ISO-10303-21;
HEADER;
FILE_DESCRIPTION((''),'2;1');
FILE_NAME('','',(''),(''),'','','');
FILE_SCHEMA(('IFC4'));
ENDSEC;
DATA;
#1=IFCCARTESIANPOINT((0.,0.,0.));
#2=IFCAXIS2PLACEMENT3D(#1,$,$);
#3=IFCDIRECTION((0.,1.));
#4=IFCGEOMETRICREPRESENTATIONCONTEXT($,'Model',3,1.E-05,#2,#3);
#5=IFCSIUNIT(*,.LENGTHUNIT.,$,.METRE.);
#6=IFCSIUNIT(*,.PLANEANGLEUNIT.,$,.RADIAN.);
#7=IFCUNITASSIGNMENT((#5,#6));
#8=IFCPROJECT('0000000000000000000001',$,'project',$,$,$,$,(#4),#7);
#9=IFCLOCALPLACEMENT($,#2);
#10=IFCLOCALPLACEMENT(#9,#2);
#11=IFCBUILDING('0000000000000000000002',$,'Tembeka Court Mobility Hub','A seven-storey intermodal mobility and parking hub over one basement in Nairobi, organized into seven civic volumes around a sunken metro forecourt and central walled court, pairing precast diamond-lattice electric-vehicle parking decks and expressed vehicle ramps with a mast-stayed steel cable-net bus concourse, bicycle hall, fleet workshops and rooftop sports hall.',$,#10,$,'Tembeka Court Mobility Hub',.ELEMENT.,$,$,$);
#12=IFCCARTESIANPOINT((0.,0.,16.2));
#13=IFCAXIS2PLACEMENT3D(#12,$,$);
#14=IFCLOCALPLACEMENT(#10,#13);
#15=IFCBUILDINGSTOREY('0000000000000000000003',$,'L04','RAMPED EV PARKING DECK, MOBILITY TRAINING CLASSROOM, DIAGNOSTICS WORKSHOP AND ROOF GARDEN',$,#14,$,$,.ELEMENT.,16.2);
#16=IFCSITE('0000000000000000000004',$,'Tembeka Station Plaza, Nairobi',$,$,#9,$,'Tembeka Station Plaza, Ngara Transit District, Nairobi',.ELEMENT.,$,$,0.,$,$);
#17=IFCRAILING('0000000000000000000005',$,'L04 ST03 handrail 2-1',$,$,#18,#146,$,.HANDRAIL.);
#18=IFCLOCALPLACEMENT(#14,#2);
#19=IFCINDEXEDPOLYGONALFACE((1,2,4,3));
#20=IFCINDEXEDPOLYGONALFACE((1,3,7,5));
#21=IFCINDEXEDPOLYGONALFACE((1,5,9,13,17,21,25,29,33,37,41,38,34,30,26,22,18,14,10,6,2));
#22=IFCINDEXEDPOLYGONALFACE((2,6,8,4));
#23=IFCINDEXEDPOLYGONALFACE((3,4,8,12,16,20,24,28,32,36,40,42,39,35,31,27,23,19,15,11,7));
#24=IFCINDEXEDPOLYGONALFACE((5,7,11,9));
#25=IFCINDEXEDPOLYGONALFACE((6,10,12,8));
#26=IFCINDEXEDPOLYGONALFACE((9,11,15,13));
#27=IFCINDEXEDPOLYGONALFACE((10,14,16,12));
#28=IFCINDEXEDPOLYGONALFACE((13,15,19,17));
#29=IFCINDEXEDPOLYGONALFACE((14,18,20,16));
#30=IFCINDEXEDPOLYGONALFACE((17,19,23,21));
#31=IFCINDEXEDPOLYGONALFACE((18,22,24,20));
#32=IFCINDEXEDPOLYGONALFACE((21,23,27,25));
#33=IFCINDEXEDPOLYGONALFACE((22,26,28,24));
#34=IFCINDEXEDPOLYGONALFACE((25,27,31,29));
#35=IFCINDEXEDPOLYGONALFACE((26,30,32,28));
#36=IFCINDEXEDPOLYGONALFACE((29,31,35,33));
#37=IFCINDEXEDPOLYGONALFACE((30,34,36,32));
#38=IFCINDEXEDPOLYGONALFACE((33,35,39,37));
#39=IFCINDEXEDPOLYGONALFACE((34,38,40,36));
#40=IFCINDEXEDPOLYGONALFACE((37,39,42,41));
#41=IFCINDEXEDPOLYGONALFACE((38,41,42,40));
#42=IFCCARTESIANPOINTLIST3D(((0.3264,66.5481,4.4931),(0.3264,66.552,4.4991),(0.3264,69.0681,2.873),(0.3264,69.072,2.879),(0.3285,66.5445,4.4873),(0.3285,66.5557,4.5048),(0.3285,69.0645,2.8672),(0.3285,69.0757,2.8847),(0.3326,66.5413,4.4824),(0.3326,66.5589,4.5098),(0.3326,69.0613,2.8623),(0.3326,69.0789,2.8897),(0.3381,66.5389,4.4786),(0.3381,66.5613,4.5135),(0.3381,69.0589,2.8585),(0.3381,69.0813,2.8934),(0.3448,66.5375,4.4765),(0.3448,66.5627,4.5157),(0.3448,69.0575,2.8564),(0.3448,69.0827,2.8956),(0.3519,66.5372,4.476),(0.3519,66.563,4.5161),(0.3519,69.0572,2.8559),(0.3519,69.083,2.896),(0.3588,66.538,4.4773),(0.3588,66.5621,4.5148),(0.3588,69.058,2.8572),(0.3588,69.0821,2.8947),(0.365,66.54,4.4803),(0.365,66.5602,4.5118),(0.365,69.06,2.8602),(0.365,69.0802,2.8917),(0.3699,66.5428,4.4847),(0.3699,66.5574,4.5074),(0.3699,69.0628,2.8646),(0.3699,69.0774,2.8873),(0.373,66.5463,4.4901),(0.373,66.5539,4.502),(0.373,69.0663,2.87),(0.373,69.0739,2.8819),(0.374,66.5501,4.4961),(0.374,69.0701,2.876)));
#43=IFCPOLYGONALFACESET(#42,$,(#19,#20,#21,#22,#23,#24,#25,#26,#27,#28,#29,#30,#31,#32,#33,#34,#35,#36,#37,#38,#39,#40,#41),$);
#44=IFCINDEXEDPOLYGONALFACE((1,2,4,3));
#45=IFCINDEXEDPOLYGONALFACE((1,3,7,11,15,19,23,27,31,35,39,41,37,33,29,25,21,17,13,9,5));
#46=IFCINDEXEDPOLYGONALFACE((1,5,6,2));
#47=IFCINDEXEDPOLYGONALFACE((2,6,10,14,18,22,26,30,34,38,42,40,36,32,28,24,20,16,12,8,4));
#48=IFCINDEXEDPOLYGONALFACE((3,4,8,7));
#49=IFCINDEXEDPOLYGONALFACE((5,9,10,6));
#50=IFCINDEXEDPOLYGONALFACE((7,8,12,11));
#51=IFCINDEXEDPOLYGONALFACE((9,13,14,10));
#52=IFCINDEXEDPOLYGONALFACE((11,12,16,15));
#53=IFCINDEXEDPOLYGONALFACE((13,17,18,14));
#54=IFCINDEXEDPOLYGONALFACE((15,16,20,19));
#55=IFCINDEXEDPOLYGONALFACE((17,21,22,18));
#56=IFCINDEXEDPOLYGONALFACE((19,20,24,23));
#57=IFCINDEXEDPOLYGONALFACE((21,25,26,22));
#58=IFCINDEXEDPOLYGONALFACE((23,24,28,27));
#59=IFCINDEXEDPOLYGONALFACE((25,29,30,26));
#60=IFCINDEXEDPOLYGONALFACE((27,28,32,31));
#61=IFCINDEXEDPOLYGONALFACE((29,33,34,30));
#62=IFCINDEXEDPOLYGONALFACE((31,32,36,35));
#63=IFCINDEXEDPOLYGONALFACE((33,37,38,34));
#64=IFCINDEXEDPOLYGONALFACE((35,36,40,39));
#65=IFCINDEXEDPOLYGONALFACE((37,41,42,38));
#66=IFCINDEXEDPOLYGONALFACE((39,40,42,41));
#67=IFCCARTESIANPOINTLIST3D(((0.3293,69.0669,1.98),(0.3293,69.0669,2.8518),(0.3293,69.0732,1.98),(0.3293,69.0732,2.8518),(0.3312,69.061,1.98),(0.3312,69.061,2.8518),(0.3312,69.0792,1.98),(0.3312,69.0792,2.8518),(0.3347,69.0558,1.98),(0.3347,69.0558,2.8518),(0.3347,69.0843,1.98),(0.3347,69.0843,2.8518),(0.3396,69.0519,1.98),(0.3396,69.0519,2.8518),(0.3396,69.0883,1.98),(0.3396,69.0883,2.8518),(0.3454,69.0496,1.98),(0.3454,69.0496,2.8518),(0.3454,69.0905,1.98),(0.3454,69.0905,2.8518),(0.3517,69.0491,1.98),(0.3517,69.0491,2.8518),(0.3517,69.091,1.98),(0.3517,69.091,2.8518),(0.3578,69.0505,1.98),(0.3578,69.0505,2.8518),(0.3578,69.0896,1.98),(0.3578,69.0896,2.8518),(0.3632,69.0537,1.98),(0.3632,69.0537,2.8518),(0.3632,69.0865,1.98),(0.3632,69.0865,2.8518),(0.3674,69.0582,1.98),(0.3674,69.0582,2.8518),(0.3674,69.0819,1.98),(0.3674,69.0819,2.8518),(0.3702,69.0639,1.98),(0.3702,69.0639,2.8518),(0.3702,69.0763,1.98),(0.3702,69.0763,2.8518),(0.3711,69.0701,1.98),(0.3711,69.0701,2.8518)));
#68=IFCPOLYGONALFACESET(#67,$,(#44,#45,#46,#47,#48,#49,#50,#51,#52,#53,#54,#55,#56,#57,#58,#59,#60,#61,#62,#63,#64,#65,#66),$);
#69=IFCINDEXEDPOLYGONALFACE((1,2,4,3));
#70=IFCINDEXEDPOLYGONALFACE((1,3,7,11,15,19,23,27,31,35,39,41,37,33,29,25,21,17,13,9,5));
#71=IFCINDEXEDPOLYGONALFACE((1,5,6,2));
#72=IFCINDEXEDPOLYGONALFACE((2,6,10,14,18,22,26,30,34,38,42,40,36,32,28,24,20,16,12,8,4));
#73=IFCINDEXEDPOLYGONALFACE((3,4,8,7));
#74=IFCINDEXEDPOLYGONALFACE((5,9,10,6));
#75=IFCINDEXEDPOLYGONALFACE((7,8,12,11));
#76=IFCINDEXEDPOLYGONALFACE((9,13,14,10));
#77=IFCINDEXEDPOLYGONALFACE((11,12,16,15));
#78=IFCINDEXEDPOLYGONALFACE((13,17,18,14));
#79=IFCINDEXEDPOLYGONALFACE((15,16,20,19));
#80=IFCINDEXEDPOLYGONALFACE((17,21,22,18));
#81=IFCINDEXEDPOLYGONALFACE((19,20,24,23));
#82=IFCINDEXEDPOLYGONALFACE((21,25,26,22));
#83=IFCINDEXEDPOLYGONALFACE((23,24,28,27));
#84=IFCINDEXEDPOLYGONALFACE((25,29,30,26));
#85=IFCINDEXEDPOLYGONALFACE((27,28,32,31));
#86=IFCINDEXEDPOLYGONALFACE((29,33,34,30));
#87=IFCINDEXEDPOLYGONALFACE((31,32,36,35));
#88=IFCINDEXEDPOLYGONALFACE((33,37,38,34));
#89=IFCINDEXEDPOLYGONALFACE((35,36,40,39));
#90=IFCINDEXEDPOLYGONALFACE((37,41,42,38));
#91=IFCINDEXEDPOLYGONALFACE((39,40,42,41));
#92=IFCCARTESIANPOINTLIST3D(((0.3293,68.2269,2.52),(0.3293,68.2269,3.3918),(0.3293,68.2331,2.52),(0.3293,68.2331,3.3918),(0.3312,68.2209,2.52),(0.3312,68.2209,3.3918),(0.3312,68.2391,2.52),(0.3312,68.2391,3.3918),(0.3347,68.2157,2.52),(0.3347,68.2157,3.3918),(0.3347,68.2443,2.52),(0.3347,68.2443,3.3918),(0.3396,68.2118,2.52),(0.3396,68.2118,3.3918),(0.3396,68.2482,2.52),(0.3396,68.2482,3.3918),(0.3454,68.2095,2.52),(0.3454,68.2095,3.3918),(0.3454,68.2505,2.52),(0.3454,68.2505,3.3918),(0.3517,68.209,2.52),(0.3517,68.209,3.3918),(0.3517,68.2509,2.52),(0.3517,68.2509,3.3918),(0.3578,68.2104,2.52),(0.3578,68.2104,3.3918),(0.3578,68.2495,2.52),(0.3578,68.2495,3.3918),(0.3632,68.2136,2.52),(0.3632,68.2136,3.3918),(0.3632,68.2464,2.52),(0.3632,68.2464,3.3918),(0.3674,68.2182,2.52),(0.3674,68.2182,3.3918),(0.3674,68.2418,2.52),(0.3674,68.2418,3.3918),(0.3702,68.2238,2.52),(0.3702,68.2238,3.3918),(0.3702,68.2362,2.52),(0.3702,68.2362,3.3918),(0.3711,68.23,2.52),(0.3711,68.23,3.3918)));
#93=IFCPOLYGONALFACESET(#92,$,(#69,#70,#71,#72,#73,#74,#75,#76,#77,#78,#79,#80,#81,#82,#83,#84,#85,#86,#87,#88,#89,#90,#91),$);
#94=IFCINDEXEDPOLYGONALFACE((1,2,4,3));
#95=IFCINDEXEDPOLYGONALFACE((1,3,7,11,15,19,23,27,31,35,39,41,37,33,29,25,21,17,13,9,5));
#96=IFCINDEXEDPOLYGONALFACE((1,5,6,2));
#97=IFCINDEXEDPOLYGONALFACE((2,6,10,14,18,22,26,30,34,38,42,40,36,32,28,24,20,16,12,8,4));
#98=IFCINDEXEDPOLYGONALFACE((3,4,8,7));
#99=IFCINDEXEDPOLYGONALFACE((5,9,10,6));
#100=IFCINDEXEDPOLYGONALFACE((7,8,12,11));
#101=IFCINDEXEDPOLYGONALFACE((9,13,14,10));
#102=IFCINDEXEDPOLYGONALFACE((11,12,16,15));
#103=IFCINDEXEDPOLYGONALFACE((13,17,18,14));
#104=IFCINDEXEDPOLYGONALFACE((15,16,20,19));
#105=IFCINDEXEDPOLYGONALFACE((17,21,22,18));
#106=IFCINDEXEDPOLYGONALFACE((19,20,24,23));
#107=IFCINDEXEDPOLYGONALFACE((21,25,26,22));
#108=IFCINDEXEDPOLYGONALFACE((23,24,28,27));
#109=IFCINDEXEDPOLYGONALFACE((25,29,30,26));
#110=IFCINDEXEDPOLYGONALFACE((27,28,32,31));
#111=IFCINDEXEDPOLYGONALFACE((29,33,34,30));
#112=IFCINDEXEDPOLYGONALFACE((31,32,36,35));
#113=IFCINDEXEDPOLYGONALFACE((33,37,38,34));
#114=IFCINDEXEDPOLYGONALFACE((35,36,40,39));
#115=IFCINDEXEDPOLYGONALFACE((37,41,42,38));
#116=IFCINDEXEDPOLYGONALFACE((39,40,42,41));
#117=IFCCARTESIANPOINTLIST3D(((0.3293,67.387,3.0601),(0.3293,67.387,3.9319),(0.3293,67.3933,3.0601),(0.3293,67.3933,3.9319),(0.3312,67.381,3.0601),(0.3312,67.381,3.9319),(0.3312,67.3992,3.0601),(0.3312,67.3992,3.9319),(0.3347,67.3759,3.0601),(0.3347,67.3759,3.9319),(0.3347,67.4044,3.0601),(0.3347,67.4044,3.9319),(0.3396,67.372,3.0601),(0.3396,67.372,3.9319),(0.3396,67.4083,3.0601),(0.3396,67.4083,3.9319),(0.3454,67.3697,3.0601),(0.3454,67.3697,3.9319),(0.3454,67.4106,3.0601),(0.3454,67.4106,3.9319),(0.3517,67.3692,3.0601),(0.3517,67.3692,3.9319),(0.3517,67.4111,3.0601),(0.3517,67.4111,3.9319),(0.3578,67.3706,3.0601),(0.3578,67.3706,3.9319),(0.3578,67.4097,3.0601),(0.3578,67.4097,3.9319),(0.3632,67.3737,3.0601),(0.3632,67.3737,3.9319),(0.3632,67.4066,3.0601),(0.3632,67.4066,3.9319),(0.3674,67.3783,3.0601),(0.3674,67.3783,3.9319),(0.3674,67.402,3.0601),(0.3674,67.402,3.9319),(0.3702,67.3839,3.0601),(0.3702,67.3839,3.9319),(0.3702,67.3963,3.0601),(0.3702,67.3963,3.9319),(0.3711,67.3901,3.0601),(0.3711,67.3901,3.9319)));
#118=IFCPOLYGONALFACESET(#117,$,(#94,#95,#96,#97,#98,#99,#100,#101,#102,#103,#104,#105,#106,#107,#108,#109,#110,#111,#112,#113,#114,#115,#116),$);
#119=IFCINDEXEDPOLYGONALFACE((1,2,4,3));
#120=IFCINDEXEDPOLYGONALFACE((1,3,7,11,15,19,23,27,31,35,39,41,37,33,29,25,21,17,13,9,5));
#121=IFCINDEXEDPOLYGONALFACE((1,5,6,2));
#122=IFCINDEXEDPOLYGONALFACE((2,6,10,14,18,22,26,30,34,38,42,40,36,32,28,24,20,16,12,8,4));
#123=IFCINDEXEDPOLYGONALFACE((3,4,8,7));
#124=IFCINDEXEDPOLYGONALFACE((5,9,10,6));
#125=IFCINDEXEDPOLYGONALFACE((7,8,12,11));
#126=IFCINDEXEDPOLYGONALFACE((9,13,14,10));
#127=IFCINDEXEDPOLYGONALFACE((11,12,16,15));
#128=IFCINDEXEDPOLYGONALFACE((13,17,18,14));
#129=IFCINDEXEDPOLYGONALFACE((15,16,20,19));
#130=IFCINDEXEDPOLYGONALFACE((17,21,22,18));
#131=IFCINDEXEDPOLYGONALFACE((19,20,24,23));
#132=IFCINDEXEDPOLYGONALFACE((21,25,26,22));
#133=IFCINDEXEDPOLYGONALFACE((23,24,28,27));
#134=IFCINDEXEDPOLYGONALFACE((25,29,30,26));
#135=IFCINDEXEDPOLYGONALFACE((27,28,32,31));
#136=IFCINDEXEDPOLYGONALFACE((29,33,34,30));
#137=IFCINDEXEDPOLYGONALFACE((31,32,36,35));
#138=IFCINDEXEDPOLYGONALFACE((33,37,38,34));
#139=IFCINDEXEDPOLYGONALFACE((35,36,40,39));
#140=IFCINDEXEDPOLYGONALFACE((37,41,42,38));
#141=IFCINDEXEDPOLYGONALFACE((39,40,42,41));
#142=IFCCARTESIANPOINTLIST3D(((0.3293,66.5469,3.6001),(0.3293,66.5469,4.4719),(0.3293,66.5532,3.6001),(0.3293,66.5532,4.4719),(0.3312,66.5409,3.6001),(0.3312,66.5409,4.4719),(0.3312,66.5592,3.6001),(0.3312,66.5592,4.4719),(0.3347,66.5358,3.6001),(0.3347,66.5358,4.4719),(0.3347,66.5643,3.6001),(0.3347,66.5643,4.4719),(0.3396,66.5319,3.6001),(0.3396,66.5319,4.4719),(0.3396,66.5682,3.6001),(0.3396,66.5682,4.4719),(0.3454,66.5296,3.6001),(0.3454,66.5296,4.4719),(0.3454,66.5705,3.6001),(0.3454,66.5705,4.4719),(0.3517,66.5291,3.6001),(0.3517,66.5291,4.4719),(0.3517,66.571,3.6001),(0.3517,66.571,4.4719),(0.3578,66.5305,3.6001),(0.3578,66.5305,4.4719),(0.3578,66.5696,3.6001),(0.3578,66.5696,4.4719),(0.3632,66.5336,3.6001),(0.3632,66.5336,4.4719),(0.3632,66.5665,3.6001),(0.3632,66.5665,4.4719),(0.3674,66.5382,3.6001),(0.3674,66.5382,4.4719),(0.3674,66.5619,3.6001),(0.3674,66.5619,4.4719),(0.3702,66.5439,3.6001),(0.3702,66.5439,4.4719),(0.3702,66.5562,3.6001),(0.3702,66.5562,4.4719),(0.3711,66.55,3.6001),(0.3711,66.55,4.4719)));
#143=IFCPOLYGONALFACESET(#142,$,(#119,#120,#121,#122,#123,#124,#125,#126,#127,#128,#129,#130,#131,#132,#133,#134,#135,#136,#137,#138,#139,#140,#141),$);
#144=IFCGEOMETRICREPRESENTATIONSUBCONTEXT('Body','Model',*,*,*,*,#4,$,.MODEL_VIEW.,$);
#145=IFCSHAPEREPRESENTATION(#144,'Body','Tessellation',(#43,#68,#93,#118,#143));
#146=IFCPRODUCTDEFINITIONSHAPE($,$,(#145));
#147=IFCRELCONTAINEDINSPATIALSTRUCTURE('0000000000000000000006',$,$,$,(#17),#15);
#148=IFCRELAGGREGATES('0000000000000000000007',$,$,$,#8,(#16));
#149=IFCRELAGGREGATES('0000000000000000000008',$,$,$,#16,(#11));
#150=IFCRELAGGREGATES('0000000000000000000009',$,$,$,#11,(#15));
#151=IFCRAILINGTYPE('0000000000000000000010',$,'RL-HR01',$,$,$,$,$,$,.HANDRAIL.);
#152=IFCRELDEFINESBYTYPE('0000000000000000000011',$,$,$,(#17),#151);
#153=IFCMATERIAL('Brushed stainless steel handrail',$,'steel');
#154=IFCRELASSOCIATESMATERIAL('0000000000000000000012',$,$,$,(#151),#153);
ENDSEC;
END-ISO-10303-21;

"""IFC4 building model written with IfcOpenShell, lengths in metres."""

from ifc_helpers import new_model, si_unit, direction, frame, origin, origin_2d, place, context, subcontext, project, spatial, circle, extrude, material, type_object, element, save


model = new_model("IFC4")

# Units and contexts
model_context = context("Model", 3, precision=1e-05, world=origin(), true_north=direction((0.0, 1.0)))
body_context = subcontext(model_context, "Body", "Model", "MODEL_VIEW")
ifc_project = project(units=[si_unit("LENGTHUNIT", "METRE"), si_unit("PLANEANGLEUNIT", "RADIAN")], contexts=[model_context])

# Site, building, storey
site_placement = place(None, origin())
site = spatial("IfcSite", under=ifc_project, at=site_placement, Name="Tembeka Station Plaza, Nairobi", LongName="Tembeka Station Plaza, Ngara Transit District, Nairobi", CompositionType="ELEMENT", RefElevation=0.0)
building_placement = place(site_placement, origin())
building = spatial("IfcBuilding", under=site, at=building_placement, Name="Tembeka Court Mobility Hub", Description="A seven-storey intermodal mobility and parking hub over one basement in Nairobi, organized into seven civic volumes around a sunken metro forecourt and central walled court, pairing precast diamond-lattice electric-vehicle parking decks and expressed vehicle ramps with a mast-stayed steel cable-net bus concourse, bicycle hall, fleet workshops and rooftop sports hall.", LongName="Tembeka Court Mobility Hub", CompositionType="ELEMENT")
storey_placement = place(building_placement, frame((0.0, 0.0, 16.2)))
storey = spatial("IfcBuildingStorey", under=building, at=storey_placement, Name="L04", Description="RAMPED EV PARKING DECK, MOBILITY TRAINING CLASSROOM, DIAGNOSTICS WORKSHOP AND ROOF GARDEN", CompositionType="ELEMENT", Elevation=16.2)

# Railing
ifc_material_1 = material(Name="Brushed stainless steel handrail", Category="steel")
railing_type_1 = type_object("IfcRailingType", Name="RL-HR01", PredefinedType="HANDRAIL", material=ifc_material_1)
railing_1_placement = place(storey_placement, frame((0.3501, 69.0701, 1.98)))
element("IfcRailing", 1, at=railing_1_placement, inside=storey, type_object=railing_type_1, Name="L04 ST03 handrail 2-1", PredefinedType="HANDRAIL", context=body_context, shape_type="SweptSolid", body=[
    extrude(circle(Radius=0.0239, at=origin_2d()), frame((0.0, 0.0, 0.896), z_axis=(0.0, -0.841163, 0.540782), x_axis=(1.0, 0.0, 0.0)), (0.0, 0.0, 1.0), 2.9958),
    extrude(circle(Radius=0.021, at=origin_2d()), origin(), (0.0, 0.0, 1.0), 0.8718),
    extrude(circle(Radius=0.021, at=origin_2d()), frame((0.0, -0.8401, 0.54)), (0.0, 0.0, 1.0), 0.8718),
    extrude(circle(Radius=0.021, at=origin_2d()), frame((0.0, -1.6799, 1.0801)), (0.0, 0.0, 1.0), 0.8718),
    extrude(circle(Radius=0.021, at=origin_2d()), frame((0.0, -2.52, 1.6201)), (0.0, 0.0, 1.0), 0.8718),
])

save(model, "model.ifc")
